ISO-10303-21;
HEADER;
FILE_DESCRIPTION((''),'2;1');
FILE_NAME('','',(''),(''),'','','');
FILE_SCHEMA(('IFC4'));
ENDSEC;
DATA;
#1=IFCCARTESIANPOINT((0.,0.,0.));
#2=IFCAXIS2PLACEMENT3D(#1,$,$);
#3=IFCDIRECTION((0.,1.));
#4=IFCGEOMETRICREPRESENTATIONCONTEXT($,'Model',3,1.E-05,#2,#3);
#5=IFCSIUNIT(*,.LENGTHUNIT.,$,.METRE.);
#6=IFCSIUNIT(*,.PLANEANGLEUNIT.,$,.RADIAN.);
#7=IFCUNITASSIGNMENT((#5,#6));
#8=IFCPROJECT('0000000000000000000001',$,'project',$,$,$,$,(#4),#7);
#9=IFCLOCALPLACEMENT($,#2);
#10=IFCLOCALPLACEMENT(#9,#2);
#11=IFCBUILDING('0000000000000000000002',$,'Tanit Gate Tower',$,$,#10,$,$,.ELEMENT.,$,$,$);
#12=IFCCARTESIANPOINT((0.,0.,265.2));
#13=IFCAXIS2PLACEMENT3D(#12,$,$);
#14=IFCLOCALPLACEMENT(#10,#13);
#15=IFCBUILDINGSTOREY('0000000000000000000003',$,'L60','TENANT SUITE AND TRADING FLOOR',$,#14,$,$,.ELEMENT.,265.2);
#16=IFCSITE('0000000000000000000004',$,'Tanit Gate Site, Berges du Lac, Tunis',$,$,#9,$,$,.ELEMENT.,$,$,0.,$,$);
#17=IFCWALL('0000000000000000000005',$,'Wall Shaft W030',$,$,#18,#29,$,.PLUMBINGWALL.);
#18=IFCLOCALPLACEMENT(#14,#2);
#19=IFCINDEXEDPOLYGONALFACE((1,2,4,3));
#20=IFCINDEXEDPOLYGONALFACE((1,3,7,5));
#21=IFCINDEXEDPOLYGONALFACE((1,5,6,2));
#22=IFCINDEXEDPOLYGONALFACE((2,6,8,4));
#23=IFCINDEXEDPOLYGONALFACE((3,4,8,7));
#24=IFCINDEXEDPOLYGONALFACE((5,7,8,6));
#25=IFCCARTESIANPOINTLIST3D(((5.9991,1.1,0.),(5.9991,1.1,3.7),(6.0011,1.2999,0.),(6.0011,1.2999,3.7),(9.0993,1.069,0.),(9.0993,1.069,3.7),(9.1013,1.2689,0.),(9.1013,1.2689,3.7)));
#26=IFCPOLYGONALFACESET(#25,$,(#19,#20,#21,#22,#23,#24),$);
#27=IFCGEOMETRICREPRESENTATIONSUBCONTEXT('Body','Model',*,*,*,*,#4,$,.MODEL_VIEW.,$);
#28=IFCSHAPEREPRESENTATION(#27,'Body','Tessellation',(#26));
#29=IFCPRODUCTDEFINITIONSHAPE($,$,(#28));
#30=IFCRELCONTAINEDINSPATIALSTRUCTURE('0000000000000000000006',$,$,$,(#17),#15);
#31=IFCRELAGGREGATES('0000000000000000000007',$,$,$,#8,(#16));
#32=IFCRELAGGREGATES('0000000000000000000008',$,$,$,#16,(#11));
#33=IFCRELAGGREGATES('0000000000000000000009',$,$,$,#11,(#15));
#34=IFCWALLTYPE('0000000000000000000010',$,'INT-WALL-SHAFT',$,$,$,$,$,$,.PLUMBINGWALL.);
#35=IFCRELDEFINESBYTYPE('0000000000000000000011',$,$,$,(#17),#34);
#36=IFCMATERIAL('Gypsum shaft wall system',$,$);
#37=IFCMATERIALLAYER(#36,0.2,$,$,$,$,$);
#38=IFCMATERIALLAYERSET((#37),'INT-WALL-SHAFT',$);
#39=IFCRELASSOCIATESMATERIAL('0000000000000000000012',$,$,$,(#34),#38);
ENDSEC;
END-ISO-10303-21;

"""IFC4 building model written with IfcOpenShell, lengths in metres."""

from ifc_helpers import new_model, si_unit, direction, frame, frame_2d, origin, place, context, subcontext, project, spatial, rectangle, extrude, material, layer, layer_set, type_object, element, save


model = new_model("IFC4")

# Units and contexts
model_context = context("Model", 3, precision=1e-05, world=origin(), true_north=direction((0.0, 1.0)))
body_context = subcontext(model_context, "Body", "Model", "MODEL_VIEW")
ifc_project = project(units=[si_unit("LENGTHUNIT", "METRE"), si_unit("PLANEANGLEUNIT", "RADIAN")], contexts=[model_context])

# Site, building, storey
site_placement = place(None, origin())
site = spatial("IfcSite", under=ifc_project, at=site_placement, Name="Tanit Gate Site, Berges du Lac, Tunis", CompositionType="ELEMENT", RefElevation=0.0)
building_placement = place(site_placement, origin())
building = spatial("IfcBuilding", under=site, at=building_placement, Name="Tanit Gate Tower", CompositionType="ELEMENT")
storey_placement = place(building_placement, frame((0.0, 0.0, 265.2)))
storey = spatial("IfcBuildingStorey", under=building, at=storey_placement, Name="L60", Description="TENANT SUITE AND TRADING FLOOR", CompositionType="ELEMENT", Elevation=265.2)

# Shared definitions
ifc_material_1 = material(Name="Gypsum shaft wall system")
ifc_layer_1 = layer(ifc_material_1, 0.2)
ifc_layer_set_1 = layer_set([ifc_layer_1], Name="INT-WALL-SHAFT")
wall_type_1 = type_object("IfcWallType", Name="INT-WALL-SHAFT", PredefinedType="PLUMBINGWALL", material=ifc_layer_set_1)

# Wall
wall_1_placement = place(storey_placement, frame((6.0, 1.2, 0.0), z_axis=(0.0, 0.0, 1.0), x_axis=(0.99995, -0.010001, 0.0)))
element("IfcWall", 1, at=wall_1_placement, inside=storey, type_object=wall_type_1, Name="Wall Shaft W030", PredefinedType="PLUMBINGWALL", context=body_context, shape_type="SweptSolid", body=[
    extrude(rectangle(XDim=3.1003, YDim=0.2, at=frame_2d((1.5503, 0.0))), origin(), (0.0, 0.0, 1.0), 3.7),
])

save(model, "model.ifc")
